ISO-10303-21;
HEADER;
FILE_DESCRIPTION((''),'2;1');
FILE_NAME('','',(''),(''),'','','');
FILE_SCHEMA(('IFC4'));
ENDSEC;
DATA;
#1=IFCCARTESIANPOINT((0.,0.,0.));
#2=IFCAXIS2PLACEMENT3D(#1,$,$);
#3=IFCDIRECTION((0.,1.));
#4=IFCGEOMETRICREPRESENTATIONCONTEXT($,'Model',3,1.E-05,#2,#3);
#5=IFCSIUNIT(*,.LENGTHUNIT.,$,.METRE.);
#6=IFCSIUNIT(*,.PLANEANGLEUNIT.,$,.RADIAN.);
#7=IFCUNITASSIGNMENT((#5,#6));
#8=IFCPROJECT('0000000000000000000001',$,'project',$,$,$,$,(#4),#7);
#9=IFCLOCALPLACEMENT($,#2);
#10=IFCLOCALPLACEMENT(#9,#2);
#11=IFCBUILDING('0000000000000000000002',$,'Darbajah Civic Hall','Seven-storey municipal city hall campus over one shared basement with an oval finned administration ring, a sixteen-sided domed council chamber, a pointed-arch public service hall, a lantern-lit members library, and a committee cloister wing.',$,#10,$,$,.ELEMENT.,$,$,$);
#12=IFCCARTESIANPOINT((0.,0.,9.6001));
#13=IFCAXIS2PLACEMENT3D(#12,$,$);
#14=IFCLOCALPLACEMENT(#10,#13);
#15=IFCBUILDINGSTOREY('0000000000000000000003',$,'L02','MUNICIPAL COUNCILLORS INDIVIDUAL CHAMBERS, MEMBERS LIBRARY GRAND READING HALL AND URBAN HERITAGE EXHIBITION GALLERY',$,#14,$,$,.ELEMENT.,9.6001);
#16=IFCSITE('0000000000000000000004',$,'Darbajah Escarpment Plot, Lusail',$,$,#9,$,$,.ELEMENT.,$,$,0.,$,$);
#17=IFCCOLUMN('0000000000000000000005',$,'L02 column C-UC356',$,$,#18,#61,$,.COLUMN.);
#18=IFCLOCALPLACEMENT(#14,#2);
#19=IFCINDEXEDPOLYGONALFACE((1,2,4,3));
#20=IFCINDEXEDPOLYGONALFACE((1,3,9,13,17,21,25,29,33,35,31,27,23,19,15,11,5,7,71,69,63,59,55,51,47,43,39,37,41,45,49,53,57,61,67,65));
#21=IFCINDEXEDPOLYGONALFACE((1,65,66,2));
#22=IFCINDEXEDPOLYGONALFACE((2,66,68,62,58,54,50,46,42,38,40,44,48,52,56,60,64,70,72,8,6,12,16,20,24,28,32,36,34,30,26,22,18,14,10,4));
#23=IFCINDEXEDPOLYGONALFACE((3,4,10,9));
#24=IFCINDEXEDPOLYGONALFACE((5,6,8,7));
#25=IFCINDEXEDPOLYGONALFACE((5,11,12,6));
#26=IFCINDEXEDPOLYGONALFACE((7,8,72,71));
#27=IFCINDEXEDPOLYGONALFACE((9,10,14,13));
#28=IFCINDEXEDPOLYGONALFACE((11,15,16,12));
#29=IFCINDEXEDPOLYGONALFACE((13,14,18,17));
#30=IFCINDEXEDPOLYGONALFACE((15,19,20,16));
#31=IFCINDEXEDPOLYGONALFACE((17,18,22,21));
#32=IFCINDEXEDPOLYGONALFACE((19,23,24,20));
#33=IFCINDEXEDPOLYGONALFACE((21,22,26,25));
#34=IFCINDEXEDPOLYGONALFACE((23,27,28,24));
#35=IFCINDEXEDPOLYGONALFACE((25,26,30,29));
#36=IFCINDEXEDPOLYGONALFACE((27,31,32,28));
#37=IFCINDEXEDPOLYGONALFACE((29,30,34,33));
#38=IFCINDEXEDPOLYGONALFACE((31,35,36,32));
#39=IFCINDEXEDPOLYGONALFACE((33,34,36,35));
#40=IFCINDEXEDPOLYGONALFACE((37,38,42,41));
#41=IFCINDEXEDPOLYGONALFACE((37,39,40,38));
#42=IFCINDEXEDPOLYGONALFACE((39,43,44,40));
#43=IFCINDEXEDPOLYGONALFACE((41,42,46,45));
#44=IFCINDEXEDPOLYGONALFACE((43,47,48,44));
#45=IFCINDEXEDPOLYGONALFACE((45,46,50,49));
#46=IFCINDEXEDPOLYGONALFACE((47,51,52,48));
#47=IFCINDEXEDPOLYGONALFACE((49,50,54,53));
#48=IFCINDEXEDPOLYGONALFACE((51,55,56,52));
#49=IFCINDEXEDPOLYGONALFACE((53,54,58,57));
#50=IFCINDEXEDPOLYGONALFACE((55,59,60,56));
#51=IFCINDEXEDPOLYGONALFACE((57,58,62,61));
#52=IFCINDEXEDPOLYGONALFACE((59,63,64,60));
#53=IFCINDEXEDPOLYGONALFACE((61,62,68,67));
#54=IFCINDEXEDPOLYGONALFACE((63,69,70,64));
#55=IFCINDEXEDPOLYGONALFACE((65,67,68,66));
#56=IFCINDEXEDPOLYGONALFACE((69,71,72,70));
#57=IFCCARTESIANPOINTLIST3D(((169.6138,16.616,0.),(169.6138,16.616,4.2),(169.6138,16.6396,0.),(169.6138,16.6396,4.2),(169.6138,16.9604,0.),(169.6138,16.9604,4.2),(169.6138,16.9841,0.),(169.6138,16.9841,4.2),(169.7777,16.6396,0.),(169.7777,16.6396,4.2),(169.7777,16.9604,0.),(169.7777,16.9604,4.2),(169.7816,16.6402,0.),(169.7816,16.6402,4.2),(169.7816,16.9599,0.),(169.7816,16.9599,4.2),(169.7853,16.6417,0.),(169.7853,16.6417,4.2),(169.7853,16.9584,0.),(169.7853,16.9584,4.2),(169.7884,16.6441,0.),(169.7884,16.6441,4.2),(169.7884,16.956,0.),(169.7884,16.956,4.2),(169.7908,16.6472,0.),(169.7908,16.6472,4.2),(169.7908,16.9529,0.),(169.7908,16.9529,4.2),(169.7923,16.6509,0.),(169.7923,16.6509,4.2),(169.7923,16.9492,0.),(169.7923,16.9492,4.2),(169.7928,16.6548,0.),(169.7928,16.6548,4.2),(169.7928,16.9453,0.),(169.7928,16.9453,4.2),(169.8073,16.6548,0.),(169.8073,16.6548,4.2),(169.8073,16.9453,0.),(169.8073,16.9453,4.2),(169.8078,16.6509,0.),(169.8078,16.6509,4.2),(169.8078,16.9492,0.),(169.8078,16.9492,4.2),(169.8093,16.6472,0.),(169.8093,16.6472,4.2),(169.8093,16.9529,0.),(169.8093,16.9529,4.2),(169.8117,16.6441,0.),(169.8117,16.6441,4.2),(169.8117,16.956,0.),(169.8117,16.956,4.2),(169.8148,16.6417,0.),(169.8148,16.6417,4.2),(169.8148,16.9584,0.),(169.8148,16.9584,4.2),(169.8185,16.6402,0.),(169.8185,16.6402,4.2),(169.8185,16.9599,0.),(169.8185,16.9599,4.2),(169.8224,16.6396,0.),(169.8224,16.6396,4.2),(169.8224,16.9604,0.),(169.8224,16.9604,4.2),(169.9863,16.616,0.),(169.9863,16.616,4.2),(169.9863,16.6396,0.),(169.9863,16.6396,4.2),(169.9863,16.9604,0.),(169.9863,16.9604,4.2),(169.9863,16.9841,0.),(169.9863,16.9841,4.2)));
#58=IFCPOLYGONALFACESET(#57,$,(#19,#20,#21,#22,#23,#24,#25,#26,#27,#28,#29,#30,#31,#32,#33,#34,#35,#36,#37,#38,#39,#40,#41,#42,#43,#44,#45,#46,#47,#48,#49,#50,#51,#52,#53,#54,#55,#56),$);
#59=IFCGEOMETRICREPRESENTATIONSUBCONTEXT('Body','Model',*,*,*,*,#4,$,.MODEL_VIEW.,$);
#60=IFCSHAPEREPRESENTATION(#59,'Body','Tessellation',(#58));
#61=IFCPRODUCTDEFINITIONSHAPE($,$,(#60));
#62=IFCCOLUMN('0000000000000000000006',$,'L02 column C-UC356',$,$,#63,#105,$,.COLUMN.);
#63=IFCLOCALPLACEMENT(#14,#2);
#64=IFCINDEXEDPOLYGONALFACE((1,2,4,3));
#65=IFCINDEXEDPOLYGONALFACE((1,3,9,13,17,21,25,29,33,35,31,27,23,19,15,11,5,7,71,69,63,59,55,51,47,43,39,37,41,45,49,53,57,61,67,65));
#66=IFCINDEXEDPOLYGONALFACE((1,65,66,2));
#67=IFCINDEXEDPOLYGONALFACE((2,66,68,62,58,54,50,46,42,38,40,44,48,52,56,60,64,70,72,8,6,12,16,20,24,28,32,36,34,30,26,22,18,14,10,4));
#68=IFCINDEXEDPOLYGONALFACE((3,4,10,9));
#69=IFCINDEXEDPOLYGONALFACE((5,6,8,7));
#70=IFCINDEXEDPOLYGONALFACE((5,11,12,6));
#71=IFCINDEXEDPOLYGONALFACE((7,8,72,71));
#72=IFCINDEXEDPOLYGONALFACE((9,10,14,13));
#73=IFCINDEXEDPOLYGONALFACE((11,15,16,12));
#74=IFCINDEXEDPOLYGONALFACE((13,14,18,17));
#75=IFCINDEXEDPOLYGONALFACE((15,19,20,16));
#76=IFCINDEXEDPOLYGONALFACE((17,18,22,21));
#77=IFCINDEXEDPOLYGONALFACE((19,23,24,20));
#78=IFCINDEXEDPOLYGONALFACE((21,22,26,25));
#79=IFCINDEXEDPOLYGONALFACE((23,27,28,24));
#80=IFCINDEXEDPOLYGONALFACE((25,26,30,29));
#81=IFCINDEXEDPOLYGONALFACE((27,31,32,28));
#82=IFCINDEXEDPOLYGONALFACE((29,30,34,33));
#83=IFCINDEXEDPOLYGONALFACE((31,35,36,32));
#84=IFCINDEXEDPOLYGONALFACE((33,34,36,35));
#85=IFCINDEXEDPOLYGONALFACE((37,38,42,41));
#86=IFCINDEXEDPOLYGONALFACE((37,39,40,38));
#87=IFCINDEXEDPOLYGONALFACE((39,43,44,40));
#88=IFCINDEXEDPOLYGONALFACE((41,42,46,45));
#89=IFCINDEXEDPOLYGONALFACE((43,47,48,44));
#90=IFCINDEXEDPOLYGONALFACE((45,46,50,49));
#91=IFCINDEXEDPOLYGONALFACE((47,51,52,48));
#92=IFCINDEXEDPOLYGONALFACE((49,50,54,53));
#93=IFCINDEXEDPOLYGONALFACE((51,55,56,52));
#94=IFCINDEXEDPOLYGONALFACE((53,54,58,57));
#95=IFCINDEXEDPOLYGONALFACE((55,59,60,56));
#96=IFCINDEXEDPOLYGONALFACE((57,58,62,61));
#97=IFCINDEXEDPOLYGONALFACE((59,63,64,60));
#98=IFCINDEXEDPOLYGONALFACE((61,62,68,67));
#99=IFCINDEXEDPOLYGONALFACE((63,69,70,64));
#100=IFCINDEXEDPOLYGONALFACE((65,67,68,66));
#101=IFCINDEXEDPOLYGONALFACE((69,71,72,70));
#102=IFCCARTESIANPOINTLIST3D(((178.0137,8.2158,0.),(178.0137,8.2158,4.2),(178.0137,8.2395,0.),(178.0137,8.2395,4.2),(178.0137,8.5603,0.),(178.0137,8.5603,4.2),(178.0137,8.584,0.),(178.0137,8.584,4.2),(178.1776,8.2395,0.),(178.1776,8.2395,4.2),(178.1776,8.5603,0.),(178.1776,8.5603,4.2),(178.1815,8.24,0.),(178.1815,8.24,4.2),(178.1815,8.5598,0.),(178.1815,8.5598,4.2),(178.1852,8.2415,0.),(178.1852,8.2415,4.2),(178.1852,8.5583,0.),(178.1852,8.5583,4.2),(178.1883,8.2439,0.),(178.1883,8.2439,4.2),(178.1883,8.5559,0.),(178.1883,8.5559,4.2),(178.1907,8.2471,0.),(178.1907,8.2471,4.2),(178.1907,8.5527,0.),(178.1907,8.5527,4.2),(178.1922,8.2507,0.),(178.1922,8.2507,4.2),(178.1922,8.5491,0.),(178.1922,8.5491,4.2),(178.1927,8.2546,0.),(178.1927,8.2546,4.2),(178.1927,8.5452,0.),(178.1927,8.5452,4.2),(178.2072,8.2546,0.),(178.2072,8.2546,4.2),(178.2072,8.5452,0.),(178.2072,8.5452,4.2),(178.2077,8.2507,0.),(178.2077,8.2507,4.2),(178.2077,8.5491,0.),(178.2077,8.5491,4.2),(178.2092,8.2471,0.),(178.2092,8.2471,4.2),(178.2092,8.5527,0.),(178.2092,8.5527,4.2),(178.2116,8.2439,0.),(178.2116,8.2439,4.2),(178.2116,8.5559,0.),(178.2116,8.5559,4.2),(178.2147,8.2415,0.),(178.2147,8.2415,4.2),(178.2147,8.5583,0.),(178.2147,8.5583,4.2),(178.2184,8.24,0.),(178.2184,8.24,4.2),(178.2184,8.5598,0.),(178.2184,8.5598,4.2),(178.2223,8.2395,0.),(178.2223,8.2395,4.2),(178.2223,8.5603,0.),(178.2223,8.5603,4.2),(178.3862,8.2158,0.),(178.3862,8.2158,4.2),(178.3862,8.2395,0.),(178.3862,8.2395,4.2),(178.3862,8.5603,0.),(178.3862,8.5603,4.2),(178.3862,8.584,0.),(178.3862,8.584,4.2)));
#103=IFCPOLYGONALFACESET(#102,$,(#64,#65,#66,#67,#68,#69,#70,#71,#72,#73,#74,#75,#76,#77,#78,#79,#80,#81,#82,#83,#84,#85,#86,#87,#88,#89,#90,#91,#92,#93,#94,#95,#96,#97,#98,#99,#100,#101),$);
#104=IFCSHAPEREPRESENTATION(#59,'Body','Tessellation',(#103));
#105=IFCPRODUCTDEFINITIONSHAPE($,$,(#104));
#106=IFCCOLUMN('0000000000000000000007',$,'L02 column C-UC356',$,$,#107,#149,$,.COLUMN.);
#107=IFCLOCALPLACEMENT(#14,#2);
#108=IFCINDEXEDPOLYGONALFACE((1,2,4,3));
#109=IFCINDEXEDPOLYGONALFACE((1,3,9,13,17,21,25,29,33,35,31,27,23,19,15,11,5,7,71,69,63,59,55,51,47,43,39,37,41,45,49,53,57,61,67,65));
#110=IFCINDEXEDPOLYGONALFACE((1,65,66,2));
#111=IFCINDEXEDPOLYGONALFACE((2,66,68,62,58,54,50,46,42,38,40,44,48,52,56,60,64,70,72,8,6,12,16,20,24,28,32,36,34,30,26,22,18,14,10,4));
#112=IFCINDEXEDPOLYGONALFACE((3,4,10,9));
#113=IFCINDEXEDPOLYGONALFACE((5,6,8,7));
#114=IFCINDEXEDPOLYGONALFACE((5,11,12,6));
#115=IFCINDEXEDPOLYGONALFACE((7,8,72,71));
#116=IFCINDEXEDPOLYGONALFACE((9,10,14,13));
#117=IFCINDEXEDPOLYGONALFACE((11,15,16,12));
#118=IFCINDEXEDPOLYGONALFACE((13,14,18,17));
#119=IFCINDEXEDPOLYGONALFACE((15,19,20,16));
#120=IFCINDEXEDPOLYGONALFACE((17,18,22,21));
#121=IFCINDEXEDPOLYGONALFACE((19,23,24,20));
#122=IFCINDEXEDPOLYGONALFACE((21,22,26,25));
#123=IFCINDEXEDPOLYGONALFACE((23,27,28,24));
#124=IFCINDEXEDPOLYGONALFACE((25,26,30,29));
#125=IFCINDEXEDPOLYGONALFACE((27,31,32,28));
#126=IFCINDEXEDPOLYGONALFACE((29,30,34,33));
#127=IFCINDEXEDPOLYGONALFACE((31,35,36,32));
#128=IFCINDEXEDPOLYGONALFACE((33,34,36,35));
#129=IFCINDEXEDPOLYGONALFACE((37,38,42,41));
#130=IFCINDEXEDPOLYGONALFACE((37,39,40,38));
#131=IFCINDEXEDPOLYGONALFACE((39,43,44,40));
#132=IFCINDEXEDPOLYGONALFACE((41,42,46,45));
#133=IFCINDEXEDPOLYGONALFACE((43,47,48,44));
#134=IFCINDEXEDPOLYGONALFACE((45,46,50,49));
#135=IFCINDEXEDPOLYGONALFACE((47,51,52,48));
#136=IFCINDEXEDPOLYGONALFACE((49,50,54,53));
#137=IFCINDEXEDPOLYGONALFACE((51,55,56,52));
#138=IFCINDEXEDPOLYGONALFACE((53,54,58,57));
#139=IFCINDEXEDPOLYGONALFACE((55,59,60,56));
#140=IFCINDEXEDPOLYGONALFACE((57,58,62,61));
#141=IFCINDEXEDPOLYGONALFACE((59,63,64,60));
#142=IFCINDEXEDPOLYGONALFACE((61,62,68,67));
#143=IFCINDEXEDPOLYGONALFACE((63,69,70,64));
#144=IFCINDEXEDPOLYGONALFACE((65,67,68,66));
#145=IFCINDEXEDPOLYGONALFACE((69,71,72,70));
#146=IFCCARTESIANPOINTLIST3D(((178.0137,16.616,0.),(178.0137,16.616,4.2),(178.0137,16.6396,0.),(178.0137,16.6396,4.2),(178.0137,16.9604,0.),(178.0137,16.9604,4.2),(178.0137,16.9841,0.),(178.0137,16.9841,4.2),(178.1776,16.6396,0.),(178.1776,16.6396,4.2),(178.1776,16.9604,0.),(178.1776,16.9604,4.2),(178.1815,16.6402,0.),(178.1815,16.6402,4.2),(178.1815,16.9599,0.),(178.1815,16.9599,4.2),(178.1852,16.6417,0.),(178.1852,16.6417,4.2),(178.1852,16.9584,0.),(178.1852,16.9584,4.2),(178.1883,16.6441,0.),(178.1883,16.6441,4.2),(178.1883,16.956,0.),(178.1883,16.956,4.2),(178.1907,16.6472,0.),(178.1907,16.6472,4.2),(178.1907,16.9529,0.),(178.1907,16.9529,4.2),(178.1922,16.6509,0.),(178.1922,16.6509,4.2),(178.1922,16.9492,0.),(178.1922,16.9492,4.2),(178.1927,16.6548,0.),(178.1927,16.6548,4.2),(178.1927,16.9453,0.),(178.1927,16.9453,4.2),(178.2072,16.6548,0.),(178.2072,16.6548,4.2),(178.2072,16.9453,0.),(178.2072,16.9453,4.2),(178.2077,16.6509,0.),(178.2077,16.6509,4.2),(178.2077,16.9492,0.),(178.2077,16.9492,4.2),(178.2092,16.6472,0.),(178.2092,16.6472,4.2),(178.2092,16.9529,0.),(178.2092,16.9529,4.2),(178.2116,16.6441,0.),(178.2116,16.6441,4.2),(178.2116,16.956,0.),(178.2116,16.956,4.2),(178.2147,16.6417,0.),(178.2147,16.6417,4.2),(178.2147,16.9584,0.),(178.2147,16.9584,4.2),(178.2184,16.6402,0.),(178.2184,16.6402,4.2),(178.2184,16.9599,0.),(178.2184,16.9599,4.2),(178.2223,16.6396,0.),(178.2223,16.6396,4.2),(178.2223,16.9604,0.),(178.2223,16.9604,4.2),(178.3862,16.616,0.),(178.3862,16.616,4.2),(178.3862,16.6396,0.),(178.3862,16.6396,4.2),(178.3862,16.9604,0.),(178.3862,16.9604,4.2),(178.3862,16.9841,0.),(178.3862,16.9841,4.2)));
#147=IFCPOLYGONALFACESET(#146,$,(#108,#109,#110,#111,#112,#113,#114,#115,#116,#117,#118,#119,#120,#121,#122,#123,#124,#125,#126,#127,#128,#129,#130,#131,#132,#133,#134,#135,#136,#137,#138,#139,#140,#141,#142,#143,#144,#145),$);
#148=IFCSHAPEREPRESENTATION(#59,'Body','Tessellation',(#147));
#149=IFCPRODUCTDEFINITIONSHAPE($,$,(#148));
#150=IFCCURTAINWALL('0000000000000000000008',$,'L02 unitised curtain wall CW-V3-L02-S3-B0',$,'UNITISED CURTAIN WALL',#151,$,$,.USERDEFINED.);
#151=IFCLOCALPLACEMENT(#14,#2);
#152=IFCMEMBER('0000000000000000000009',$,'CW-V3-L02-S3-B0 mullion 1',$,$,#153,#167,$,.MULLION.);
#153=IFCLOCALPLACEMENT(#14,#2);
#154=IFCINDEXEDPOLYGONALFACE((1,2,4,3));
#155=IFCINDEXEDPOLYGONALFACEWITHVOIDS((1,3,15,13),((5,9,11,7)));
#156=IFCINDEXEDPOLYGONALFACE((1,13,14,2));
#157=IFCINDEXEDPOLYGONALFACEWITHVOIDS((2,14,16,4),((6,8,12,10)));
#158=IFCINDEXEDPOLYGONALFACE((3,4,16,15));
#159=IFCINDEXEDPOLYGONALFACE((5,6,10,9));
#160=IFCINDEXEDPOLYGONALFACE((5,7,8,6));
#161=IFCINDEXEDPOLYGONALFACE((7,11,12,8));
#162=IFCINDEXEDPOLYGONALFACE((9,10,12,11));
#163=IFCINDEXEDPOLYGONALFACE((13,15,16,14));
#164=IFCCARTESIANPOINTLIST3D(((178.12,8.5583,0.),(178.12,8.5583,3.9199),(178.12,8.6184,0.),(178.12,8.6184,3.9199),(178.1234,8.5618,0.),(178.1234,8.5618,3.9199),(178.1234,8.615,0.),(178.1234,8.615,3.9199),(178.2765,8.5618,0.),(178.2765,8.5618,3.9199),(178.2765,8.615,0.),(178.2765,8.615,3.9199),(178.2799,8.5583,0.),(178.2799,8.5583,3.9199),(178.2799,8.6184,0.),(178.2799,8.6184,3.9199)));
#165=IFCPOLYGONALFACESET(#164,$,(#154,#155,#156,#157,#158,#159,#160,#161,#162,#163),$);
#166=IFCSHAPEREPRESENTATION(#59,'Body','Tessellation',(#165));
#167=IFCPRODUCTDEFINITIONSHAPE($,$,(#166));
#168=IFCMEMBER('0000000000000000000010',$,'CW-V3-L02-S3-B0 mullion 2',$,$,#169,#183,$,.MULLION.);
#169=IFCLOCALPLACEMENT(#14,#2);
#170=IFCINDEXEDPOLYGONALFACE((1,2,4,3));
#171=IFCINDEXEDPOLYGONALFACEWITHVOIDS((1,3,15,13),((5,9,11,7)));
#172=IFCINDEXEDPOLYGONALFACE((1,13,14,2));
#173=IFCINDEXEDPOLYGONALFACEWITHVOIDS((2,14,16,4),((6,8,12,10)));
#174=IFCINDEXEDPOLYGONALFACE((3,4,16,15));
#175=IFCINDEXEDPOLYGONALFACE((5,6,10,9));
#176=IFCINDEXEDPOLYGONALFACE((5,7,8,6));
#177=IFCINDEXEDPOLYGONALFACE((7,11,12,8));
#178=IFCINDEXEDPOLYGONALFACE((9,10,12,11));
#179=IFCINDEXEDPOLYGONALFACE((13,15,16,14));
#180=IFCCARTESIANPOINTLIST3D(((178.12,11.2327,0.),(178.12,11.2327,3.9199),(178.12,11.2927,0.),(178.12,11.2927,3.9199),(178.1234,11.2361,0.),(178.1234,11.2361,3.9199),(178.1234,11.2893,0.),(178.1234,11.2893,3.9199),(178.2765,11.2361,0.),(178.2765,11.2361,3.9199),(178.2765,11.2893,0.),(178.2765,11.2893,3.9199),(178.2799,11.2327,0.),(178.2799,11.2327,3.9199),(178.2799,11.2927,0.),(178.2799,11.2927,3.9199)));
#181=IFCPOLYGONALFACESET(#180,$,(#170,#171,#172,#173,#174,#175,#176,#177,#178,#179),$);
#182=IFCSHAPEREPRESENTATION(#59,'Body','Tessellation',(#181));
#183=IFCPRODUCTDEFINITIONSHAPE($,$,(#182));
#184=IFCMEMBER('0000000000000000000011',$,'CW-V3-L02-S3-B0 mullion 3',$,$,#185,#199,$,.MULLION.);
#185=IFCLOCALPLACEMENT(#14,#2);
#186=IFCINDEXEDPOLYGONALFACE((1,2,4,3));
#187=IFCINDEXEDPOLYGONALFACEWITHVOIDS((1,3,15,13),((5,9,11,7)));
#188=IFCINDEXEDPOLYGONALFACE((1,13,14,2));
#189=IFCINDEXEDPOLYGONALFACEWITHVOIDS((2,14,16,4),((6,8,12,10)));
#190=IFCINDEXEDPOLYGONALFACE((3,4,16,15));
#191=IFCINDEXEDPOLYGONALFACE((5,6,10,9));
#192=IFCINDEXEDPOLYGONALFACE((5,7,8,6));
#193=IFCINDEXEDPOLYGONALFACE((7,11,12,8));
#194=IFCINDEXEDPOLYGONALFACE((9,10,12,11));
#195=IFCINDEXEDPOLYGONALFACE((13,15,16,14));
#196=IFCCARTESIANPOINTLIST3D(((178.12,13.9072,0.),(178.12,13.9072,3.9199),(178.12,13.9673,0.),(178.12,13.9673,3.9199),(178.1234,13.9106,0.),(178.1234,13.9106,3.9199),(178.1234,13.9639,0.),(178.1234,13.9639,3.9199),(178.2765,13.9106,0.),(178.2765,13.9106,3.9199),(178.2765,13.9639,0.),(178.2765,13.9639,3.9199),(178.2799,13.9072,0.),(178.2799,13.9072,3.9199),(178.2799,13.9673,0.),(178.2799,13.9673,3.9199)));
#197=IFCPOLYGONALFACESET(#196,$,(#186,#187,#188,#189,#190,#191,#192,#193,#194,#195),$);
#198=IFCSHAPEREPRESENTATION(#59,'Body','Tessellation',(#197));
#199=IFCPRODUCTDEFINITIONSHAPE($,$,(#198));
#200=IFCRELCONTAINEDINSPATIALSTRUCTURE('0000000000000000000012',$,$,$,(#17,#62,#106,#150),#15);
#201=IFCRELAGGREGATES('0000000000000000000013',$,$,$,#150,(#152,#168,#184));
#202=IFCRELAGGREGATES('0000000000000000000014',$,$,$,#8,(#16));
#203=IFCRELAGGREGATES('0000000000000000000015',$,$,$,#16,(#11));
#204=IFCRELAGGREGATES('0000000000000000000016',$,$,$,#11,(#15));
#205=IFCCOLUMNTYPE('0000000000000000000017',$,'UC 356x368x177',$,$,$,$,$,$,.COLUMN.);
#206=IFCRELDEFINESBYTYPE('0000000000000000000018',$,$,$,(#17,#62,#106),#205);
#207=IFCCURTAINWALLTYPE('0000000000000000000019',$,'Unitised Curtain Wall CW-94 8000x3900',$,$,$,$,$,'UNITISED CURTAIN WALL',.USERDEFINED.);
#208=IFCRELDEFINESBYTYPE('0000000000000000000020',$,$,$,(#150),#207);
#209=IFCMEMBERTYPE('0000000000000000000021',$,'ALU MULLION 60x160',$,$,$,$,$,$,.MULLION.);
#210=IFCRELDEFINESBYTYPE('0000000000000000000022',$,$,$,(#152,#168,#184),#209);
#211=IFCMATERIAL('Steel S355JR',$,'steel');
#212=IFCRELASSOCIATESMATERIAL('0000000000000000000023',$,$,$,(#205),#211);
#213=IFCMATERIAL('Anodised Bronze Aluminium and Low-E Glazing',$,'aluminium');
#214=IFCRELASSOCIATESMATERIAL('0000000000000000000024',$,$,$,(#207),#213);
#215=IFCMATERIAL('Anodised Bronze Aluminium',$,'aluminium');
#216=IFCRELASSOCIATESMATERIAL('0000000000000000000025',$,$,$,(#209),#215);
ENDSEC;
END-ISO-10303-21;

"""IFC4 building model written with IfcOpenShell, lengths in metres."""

from ifc_helpers import new_model, si_unit, direction, frame, origin, origin_2d, place, context, subcontext, project, spatial, hollow_rectangle, i_section, extrude, material, material_profile, profile_set, type_object, element, aggregate, save


model = new_model("IFC4")

# Units and contexts
model_context = context("Model", 3, precision=1e-05, world=origin(), true_north=direction((0.0, 1.0)))
body_context = subcontext(model_context, "Body", "Model", "MODEL_VIEW")
ifc_project = project(units=[si_unit("LENGTHUNIT", "METRE"), si_unit("PLANEANGLEUNIT", "RADIAN")], contexts=[model_context])

# Site, building, storey
site_placement = place(None, origin())
site = spatial("IfcSite", under=ifc_project, at=site_placement, Name="Darbajah Escarpment Plot, Lusail", CompositionType="ELEMENT", RefElevation=0.0)
building_placement = place(site_placement, origin())
building = spatial("IfcBuilding", under=site, at=building_placement, Name="Darbajah Civic Hall", Description="Seven-storey municipal city hall campus over one shared basement with an oval finned administration ring, a sixteen-sided domed council chamber, a pointed-arch public service hall, a lantern-lit members library, and a committee cloister wing.", CompositionType="ELEMENT")
storey_placement = place(building_placement, frame((0.0, 0.0, 9.6001)))
storey = spatial("IfcBuildingStorey", under=building, at=storey_placement, Name="L02", Description="MUNICIPAL COUNCILLORS INDIVIDUAL CHAMBERS, MEMBERS LIBRARY GRAND READING HALL AND URBAN HERITAGE EXHIBITION GALLERY", CompositionType="ELEMENT", Elevation=9.6001)

# Columns
ifc_material_1 = material(Name="Steel S355JR", Category="steel")
ifc_material_profile_1 = material_profile(ifc_material_1, i_section(OverallWidth=0.3726, OverallDepth=0.3682, WebThickness=0.0144, FlangeThickness=0.0237, FilletRadius=0.0151, at=origin_2d()), Name="UC 356x368x177")
ifc_profile_set_1 = profile_set([ifc_material_profile_1], Name="Steel S355JR")
column_type = type_object("IfcColumnType", Name="UC 356x368x177", PredefinedType="COLUMN", material=ifc_profile_set_1)
for number, where, z_axis, x_axis, name in (
    (1, (169.8, 16.8, 0.0), (0.0, 0.0, 1.0), (1.0, 0.0, 0.0), "L02 column C-UC356"),
    (2, (178.2, 8.3999, 0.0), (0.0, 0.0, 1.0), (1.0, 0.0, 0.0), "L02 column C-UC356"),
    (3, (178.2, 16.8, 0.0), (0.0, 0.0, 1.0), (1.0, 0.0, 0.0), "L02 column C-UC356"),
):
    element("IfcColumn", number, at=place(storey_placement, frame(where, z_axis=z_axis, x_axis=x_axis)), inside=storey, type_object=column_type, Name=name, PredefinedType="COLUMN", context=body_context, shape_type="SweptSolid", body=[
        extrude(i_section(OverallWidth=0.3726, OverallDepth=0.3682, WebThickness=0.0144, FlangeThickness=0.0237, FilletRadius=0.0151, at=origin_2d()), origin(), (0.0, 0.0, 1.0), 4.2),
    ])

# Curtain wall, members
ifc_material_2 = material(Name="Anodised Bronze Aluminium and Low-E Glazing", Category="aluminium")
curtain_wall_type = type_object("IfcCurtainWallType", Name="Unitised Curtain Wall CW-94 8000x3900", ElementType="UNITISED CURTAIN WALL", PredefinedType="USERDEFINED", material=ifc_material_2)
curtain_wall_1_placement = place(storey_placement, origin())
curtain_wall_1 = element("IfcCurtainWall", 4, at=curtain_wall_1_placement, inside=storey, type_object=curtain_wall_type, Name="L02 unitised curtain wall CW-V3-L02-S3-B0", ObjectType="UNITISED CURTAIN WALL", PredefinedType="USERDEFINED")
ifc_material_3 = material(Name="Anodised Bronze Aluminium", Category="aluminium")
ifc_material_profile_2 = material_profile(ifc_material_3, hollow_rectangle(XDim=0.0601, YDim=0.1599, WallThickness=0.0034, at=origin_2d()), Name="ALU MULLION 60x160")
ifc_profile_set_2 = profile_set([ifc_material_profile_2], Name="Anodised Bronze Aluminium")
member_type_1 = type_object("IfcMemberType", Name="ALU MULLION 60x160", PredefinedType="MULLION", material=ifc_profile_set_2)
member_1_placement = place(storey_placement, frame((178.2, 8.5884, 0.0), z_axis=(0.0, 0.0, 1.0), x_axis=(0.0, 1.0, 0.0)))
member_1 = element("IfcMember", 5, at=member_1_placement, type_object=member_type_1, Name="CW-V3-L02-S3-B0 mullion 1", PredefinedType="MULLION", context=body_context, shape_type="SweptSolid", body=[
    extrude(hollow_rectangle(XDim=0.0601, YDim=0.1599, WallThickness=0.0034, at=origin_2d()), origin(), (0.0, 0.0, 1.0), 3.9199),
])
member_2_placement = place(storey_placement, frame((178.2, 11.2627, 0.0), z_axis=(0.0, 0.0, 1.0), x_axis=(0.0, 1.0, 0.0)))
member_2 = element("IfcMember", 6, at=member_2_placement, type_object=member_type_1, Name="CW-V3-L02-S3-B0 mullion 2", PredefinedType="MULLION", context=body_context, shape_type="SweptSolid", body=[
    extrude(hollow_rectangle(XDim=0.0601, YDim=0.1599, WallThickness=0.0034, at=origin_2d()), origin(), (0.0, 0.0, 1.0), 3.9199),
])
member_3_placement = place(storey_placement, frame((178.2, 13.9373, 0.0), z_axis=(0.0, 0.0, 1.0), x_axis=(0.0, 1.0, 0.0)))
member_3 = element("IfcMember", 7, at=member_3_placement, type_object=member_type_1, Name="CW-V3-L02-S3-B0 mullion 3", PredefinedType="MULLION", context=body_context, shape_type="SweptSolid", body=[
    extrude(hollow_rectangle(XDim=0.0601, YDim=0.1599, WallThickness=0.0034, at=origin_2d()), origin(), (0.0, 0.0, 1.0), 3.9199),
])

aggregate(curtain_wall_1, [member_1, member_2, member_3])

save(model, "model.ifc")
